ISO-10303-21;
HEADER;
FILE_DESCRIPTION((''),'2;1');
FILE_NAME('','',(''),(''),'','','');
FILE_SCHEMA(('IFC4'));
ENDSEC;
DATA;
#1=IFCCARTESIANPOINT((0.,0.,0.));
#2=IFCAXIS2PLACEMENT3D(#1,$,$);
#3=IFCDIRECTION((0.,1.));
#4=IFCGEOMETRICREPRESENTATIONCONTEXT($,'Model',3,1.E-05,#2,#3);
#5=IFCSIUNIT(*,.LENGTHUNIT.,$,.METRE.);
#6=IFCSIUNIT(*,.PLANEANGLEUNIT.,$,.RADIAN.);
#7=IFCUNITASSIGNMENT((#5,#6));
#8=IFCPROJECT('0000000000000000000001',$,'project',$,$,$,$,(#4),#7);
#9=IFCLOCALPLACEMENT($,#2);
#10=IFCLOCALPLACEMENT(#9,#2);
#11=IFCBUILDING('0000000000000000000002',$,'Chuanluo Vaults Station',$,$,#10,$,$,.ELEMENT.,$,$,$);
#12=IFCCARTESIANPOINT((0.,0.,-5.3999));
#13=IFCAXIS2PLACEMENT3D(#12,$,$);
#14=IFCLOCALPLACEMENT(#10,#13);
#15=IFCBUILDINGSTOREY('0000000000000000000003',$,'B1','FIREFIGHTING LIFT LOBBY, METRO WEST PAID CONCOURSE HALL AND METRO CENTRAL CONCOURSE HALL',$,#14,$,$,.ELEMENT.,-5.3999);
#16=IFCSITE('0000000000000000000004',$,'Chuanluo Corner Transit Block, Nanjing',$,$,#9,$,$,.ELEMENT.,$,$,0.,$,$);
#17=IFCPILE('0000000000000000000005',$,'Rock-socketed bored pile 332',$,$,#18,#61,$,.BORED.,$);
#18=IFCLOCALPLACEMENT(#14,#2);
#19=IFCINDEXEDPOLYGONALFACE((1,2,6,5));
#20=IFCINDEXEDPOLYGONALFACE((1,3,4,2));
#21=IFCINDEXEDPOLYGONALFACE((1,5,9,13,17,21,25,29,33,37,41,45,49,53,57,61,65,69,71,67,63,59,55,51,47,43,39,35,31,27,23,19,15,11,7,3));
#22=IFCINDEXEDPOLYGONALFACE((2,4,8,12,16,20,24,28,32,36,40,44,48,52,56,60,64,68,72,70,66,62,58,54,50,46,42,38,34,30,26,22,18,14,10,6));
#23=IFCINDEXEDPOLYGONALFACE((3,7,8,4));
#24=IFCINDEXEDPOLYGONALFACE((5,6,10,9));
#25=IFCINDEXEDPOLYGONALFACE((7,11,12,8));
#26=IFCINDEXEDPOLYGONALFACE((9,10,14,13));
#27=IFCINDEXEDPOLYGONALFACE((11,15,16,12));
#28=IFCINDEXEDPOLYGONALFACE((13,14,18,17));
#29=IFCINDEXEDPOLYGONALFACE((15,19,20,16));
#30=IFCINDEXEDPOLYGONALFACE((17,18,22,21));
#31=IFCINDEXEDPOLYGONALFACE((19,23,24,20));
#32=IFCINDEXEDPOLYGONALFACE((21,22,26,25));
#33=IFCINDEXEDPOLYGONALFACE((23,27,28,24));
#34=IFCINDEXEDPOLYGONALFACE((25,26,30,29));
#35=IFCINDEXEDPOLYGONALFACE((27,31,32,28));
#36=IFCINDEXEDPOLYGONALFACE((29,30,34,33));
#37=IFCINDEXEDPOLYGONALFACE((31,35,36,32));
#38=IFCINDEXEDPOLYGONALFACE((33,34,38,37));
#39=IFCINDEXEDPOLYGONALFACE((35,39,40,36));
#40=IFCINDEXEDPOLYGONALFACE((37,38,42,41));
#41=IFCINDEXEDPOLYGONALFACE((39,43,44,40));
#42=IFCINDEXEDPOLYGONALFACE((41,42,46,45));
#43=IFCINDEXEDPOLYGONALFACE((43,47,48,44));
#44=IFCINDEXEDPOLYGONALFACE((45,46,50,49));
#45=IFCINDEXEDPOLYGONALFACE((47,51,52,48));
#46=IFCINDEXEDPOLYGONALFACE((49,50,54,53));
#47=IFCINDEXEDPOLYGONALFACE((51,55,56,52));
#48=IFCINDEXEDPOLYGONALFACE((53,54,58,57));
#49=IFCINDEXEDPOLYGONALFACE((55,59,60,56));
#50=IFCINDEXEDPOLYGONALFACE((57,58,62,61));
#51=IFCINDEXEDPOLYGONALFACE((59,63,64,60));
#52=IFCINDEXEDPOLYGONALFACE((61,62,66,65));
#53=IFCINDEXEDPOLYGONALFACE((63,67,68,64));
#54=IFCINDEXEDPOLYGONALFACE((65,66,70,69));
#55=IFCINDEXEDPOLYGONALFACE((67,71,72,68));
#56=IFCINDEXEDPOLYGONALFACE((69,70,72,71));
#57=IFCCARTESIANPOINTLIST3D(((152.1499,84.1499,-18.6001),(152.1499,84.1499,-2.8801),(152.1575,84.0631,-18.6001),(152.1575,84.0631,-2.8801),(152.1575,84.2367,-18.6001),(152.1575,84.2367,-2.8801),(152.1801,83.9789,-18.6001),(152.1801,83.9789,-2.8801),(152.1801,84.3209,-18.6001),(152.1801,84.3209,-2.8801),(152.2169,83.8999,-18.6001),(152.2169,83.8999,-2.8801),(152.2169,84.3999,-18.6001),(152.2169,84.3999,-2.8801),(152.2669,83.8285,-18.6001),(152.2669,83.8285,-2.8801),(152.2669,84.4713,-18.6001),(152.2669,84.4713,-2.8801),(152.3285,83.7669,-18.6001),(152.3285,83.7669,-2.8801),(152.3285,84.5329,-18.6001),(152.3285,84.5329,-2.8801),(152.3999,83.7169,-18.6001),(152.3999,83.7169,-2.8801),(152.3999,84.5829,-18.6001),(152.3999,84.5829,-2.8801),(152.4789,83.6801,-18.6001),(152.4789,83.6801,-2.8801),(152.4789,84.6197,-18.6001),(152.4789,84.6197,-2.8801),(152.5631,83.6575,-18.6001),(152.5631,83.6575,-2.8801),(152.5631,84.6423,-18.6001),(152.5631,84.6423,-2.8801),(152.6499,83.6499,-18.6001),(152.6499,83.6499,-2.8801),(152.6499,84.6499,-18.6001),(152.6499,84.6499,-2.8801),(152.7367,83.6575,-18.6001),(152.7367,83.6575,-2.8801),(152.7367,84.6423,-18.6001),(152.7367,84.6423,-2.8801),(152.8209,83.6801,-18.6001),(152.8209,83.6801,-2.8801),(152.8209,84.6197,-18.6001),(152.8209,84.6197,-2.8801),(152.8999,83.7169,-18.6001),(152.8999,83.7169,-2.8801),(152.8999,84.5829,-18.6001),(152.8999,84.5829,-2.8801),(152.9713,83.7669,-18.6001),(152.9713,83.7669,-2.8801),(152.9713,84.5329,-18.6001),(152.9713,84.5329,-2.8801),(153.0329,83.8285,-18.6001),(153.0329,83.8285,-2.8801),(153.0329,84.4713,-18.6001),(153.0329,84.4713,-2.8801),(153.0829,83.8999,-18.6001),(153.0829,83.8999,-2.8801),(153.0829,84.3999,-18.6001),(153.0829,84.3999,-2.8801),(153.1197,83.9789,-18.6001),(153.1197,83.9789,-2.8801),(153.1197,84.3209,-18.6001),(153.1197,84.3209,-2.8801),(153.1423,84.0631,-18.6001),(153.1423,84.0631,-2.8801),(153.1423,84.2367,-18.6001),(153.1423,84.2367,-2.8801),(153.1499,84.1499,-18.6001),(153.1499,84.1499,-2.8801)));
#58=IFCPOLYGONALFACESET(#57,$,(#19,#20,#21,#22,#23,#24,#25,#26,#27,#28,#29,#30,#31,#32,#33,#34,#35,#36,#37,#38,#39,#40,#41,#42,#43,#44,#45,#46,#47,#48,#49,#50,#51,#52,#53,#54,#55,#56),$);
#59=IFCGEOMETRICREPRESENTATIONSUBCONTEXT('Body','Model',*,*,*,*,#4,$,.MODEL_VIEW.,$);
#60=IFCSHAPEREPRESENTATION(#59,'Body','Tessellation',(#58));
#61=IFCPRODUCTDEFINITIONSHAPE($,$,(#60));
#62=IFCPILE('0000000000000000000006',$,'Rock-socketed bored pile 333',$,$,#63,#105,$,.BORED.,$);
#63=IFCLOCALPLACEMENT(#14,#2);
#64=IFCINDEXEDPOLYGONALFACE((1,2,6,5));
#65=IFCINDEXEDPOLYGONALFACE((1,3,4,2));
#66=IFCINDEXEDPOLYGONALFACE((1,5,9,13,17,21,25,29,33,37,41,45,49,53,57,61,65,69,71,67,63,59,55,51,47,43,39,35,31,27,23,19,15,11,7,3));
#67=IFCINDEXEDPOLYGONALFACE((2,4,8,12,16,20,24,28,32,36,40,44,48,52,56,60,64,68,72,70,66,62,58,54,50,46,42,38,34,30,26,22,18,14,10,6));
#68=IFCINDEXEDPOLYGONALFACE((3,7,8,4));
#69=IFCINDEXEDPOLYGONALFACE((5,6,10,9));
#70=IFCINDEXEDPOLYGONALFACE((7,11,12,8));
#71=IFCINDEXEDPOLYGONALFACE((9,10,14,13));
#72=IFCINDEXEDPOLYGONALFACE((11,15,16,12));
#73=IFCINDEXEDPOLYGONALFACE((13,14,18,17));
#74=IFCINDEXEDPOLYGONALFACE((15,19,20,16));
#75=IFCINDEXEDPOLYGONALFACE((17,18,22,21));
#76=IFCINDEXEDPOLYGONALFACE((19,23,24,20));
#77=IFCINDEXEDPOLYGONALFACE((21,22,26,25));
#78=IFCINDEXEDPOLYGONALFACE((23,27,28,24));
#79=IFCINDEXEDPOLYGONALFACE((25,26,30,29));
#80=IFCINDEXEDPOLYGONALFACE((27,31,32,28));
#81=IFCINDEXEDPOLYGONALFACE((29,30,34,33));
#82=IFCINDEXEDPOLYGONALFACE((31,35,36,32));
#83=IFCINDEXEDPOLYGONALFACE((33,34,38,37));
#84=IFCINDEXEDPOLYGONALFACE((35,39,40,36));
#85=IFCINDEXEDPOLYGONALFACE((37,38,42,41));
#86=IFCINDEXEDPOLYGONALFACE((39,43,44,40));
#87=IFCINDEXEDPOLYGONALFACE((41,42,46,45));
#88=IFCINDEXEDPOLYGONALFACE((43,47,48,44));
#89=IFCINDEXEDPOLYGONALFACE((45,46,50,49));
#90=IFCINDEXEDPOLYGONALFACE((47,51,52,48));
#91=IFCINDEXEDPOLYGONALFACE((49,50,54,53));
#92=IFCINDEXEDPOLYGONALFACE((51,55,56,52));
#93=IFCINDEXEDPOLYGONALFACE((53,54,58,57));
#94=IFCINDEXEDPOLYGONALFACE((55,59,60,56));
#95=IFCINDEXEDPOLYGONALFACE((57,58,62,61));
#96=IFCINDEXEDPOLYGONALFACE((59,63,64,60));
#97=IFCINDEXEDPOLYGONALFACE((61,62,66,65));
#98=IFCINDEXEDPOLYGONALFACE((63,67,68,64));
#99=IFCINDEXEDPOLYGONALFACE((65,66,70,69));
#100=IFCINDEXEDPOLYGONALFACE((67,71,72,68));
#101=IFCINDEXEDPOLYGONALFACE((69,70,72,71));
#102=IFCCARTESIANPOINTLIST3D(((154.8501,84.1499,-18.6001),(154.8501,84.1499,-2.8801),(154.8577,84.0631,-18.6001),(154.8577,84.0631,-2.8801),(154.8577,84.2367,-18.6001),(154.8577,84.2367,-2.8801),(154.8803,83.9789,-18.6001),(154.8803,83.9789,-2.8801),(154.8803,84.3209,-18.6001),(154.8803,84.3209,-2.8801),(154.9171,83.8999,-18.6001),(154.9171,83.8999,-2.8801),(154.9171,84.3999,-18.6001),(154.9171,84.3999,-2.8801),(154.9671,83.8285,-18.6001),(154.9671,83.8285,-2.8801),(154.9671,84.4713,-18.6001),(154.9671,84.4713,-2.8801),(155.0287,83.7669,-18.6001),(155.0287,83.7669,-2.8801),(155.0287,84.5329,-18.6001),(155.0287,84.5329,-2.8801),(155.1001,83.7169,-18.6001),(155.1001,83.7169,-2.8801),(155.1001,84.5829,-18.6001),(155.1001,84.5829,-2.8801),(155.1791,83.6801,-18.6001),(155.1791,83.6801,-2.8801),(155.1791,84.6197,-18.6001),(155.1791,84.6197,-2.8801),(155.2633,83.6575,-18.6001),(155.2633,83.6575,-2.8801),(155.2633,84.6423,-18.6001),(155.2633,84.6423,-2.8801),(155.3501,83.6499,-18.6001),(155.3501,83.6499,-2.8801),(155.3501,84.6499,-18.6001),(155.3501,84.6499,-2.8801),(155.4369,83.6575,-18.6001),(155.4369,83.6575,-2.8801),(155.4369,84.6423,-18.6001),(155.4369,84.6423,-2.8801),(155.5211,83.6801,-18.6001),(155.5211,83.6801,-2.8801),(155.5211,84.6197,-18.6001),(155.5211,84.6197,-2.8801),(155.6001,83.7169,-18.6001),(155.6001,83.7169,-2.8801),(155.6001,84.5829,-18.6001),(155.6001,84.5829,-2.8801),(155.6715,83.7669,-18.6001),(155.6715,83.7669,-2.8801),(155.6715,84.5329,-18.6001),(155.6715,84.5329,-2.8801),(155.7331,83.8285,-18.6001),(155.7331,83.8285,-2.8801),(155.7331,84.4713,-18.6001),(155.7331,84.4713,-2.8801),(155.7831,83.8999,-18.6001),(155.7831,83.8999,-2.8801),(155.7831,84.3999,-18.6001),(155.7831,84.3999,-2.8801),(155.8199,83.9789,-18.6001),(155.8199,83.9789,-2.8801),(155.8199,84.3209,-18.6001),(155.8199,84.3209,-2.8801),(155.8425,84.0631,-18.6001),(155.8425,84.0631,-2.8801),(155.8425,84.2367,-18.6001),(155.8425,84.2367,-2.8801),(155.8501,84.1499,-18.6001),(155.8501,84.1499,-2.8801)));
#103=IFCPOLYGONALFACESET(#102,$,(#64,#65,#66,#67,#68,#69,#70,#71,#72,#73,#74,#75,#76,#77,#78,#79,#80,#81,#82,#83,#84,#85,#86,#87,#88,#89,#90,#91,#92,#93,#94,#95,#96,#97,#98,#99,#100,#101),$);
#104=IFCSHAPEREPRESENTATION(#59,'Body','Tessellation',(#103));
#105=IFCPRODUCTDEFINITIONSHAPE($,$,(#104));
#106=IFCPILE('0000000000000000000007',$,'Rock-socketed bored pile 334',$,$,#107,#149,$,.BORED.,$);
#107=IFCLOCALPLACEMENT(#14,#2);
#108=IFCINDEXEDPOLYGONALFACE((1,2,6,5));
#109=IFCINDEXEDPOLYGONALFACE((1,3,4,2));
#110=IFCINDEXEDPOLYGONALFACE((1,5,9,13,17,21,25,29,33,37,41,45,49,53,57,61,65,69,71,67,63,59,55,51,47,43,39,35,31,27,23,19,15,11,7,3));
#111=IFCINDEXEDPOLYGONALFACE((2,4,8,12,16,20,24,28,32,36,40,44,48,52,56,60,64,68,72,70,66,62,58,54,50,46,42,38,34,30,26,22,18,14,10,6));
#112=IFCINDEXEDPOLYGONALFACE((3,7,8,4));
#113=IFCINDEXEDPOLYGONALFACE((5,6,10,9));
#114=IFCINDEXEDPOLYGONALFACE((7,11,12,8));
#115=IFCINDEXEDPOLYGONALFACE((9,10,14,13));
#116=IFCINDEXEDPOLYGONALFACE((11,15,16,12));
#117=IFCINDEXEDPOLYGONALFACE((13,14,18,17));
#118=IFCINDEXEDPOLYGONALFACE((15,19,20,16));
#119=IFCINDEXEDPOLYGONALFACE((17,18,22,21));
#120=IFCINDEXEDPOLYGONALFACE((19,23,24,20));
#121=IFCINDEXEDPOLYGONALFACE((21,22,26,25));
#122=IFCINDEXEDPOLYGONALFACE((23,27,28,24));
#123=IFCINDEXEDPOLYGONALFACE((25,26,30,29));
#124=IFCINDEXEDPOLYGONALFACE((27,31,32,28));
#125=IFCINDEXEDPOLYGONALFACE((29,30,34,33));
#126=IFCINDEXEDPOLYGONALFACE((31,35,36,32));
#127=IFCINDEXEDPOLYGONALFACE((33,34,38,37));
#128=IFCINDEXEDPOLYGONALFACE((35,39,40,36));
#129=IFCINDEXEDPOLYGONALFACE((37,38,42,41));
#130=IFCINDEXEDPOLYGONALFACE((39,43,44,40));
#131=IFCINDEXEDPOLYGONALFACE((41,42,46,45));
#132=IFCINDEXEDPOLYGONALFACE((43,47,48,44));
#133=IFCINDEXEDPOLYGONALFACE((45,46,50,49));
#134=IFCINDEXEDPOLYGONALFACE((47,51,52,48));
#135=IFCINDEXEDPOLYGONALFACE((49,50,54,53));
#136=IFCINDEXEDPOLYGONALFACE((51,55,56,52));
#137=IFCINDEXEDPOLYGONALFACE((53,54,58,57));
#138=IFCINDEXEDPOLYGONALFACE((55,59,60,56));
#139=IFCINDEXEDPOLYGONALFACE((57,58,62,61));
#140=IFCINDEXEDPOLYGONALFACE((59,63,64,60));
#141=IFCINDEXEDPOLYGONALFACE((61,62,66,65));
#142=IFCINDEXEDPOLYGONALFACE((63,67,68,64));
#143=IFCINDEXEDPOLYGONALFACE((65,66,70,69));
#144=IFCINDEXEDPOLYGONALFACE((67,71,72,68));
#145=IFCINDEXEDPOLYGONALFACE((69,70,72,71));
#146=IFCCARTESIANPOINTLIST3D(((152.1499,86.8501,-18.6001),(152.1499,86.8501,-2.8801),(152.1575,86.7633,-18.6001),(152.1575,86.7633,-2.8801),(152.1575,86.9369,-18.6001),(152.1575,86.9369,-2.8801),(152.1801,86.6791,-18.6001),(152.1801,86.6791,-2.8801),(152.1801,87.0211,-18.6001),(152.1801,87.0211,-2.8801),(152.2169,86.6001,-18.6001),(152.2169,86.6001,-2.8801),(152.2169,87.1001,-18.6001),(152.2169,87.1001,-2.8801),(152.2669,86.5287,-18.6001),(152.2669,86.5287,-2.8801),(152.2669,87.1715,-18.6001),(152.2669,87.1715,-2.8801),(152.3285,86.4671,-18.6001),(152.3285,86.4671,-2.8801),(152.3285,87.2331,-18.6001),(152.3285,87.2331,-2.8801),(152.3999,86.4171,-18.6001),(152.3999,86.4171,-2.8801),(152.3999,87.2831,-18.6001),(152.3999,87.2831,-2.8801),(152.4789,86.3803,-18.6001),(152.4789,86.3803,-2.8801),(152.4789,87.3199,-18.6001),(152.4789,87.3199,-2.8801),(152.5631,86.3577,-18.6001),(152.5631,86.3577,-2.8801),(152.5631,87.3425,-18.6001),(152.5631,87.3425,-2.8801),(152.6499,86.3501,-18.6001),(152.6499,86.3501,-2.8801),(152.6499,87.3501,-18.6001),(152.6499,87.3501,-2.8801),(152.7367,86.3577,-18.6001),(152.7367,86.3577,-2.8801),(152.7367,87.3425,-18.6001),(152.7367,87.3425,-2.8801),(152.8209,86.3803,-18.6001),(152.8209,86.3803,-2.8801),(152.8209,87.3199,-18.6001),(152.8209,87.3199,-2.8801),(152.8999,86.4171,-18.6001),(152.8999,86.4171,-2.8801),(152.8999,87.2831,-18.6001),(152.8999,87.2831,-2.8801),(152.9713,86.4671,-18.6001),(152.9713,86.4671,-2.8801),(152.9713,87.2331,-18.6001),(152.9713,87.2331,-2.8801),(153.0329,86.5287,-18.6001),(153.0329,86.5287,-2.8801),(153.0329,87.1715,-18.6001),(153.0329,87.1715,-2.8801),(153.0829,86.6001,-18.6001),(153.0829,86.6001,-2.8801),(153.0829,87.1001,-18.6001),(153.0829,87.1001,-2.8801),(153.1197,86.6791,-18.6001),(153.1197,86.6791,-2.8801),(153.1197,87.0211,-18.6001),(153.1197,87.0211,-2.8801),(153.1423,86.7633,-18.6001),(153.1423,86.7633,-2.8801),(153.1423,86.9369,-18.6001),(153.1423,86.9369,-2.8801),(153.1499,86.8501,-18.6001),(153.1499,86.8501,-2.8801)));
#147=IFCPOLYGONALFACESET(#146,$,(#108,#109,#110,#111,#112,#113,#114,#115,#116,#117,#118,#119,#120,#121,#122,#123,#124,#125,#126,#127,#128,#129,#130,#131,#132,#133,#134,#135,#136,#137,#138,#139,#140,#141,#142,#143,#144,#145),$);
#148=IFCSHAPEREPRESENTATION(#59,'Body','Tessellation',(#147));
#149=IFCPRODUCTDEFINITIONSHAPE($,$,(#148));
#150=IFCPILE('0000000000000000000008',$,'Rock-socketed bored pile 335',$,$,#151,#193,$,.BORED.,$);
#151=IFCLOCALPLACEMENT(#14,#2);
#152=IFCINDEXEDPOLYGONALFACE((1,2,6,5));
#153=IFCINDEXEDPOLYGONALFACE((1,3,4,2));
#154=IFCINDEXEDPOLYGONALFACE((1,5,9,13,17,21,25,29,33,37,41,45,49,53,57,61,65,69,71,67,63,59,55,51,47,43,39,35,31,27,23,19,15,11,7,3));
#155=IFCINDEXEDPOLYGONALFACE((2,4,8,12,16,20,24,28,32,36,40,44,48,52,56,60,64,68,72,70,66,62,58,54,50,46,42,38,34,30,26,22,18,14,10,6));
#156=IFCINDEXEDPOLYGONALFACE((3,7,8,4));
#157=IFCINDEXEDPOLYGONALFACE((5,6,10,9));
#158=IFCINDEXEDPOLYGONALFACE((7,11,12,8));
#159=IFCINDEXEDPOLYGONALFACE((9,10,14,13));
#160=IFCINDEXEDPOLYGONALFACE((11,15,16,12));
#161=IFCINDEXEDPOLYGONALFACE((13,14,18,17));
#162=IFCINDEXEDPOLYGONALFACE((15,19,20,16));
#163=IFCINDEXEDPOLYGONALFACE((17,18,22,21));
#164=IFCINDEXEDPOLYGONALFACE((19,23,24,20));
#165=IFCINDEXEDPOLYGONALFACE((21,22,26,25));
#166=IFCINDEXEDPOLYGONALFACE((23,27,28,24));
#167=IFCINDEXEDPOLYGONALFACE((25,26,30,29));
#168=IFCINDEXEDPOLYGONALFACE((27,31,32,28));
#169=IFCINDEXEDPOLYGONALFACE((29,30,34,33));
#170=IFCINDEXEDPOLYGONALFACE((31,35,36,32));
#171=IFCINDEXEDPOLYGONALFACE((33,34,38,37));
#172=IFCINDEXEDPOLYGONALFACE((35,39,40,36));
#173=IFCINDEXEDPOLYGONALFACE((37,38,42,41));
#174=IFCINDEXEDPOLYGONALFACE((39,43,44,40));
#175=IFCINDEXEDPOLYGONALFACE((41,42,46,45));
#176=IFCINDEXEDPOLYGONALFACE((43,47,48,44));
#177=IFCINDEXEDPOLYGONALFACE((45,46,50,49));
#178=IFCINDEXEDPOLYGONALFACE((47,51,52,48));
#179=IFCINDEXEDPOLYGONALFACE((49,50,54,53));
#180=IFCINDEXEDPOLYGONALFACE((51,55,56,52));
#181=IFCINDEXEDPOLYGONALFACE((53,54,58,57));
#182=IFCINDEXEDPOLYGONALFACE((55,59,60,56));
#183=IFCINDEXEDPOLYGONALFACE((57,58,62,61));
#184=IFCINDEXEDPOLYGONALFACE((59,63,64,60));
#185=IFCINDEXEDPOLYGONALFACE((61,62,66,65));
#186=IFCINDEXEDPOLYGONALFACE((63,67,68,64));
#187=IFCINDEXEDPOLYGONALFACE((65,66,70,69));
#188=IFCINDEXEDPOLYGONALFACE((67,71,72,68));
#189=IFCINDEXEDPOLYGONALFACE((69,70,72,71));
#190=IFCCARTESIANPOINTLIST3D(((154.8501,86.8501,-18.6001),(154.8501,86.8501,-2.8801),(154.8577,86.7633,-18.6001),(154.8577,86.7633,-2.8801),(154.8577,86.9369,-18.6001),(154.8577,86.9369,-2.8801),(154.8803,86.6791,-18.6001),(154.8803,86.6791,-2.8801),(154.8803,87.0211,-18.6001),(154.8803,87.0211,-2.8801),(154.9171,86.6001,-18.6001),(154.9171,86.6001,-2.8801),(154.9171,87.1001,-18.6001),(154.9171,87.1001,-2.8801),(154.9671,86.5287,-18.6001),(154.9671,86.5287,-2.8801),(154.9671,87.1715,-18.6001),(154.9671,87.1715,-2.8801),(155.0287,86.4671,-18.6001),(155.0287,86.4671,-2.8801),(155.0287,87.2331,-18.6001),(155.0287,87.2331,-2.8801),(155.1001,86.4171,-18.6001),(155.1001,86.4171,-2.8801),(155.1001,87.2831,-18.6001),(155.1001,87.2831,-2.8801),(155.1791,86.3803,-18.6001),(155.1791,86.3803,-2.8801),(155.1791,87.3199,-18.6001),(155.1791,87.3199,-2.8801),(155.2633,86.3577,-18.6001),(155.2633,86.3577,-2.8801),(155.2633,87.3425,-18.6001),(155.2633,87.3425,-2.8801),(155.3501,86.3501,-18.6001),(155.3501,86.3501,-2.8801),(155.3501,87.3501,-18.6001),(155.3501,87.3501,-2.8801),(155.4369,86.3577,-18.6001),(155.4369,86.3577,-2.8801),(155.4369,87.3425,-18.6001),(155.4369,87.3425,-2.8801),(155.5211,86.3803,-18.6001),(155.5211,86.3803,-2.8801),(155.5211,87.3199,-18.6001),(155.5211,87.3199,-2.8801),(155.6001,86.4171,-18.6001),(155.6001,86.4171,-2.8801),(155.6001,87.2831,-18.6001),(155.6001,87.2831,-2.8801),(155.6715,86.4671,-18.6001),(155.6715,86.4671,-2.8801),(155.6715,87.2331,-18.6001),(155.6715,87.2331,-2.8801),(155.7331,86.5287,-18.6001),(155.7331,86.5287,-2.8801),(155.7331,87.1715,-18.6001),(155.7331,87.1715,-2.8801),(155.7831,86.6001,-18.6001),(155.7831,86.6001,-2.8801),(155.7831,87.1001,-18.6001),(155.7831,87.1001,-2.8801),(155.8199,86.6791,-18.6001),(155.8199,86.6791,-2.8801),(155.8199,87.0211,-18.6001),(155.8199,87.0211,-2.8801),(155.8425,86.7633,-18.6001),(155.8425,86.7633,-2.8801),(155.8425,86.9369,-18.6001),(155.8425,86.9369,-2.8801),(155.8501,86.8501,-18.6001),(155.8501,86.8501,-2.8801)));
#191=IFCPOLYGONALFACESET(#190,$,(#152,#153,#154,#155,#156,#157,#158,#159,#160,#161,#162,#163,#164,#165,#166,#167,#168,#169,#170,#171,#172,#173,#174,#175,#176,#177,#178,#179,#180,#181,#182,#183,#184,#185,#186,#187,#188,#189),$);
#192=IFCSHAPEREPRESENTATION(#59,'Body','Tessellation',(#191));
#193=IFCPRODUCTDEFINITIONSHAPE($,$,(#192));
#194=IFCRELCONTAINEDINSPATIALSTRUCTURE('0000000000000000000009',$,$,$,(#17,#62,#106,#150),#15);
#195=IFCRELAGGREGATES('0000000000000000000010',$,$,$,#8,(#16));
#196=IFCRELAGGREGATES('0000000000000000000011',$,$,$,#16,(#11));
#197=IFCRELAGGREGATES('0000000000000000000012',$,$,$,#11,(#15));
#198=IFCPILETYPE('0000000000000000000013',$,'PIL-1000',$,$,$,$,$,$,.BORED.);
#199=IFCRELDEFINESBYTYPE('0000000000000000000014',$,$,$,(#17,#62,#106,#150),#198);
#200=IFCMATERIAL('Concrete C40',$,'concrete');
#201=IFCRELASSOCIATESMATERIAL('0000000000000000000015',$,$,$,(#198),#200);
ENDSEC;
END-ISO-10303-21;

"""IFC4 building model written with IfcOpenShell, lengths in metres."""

from ifc_helpers import new_model, si_unit, direction, frame, origin, origin_2d, place, context, subcontext, project, spatial, circle, extrude, material, material_profile, profile_set, type_object, element, save


model = new_model("IFC4")

# Units and contexts
model_context = context("Model", 3, precision=1e-05, world=origin(), true_north=direction((0.0, 1.0)))
body_context = subcontext(model_context, "Body", "Model", "MODEL_VIEW")
ifc_project = project(units=[si_unit("LENGTHUNIT", "METRE"), si_unit("PLANEANGLEUNIT", "RADIAN")], contexts=[model_context])

# Site, building, storey
site_placement = place(None, origin())
site = spatial("IfcSite", under=ifc_project, at=site_placement, Name="Chuanluo Corner Transit Block, Nanjing", CompositionType="ELEMENT", RefElevation=0.0)
building_placement = place(site_placement, origin())
building = spatial("IfcBuilding", under=site, at=building_placement, Name="Chuanluo Vaults Station", CompositionType="ELEMENT")
storey_placement = place(building_placement, frame((0.0, 0.0, -5.3999)))
storey = spatial("IfcBuildingStorey", under=building, at=storey_placement, Name="B1", Description="FIREFIGHTING LIFT LOBBY, METRO WEST PAID CONCOURSE HALL AND METRO CENTRAL CONCOURSE HALL", CompositionType="ELEMENT", Elevation=-5.3999)

# Piles
ifc_material_1 = material(Name="Concrete C40", Category="concrete")
ifc_material_profile_1 = material_profile(ifc_material_1, circle(Radius=0.5, at=origin_2d()))
ifc_profile_set_1 = profile_set([ifc_material_profile_1], Name="Concrete C40")
pile_type_1 = type_object("IfcPileType", Name="PIL-1000", PredefinedType="BORED", material=ifc_profile_set_1)
for number, where, z_axis, x_axis, name in (
    (1, (152.6499, 84.1499, -2.8801), (0.0, 0.0, -1.0), (1.0, 0.0, 0.0), "Rock-socketed bored pile 332"),
    (2, (155.3501, 84.1499, -2.8801), (0.0, 0.0, -1.0), (1.0, 0.0, 0.0), "Rock-socketed bored pile 333"),
    (3, (152.6499, 86.8501, -2.8801), (0.0, 0.0, -1.0), (1.0, 0.0, 0.0), "Rock-socketed bored pile 334"),
    (4, (155.3501, 86.8501, -2.8801), (0.0, 0.0, -1.0), (1.0, 0.0, 0.0), "Rock-socketed bored pile 335"),
):
    element("IfcPile", number, at=place(storey_placement, frame(where, z_axis=z_axis, x_axis=x_axis)), inside=storey, type_object=pile_type_1, Name=name, PredefinedType="BORED", context=body_context, shape_type="SweptSolid", body=[
        extrude(circle(Radius=0.5, at=origin_2d()), origin(), (0.0, 0.0, 1.0), 15.72),
    ])

save(model, "model.ifc")
